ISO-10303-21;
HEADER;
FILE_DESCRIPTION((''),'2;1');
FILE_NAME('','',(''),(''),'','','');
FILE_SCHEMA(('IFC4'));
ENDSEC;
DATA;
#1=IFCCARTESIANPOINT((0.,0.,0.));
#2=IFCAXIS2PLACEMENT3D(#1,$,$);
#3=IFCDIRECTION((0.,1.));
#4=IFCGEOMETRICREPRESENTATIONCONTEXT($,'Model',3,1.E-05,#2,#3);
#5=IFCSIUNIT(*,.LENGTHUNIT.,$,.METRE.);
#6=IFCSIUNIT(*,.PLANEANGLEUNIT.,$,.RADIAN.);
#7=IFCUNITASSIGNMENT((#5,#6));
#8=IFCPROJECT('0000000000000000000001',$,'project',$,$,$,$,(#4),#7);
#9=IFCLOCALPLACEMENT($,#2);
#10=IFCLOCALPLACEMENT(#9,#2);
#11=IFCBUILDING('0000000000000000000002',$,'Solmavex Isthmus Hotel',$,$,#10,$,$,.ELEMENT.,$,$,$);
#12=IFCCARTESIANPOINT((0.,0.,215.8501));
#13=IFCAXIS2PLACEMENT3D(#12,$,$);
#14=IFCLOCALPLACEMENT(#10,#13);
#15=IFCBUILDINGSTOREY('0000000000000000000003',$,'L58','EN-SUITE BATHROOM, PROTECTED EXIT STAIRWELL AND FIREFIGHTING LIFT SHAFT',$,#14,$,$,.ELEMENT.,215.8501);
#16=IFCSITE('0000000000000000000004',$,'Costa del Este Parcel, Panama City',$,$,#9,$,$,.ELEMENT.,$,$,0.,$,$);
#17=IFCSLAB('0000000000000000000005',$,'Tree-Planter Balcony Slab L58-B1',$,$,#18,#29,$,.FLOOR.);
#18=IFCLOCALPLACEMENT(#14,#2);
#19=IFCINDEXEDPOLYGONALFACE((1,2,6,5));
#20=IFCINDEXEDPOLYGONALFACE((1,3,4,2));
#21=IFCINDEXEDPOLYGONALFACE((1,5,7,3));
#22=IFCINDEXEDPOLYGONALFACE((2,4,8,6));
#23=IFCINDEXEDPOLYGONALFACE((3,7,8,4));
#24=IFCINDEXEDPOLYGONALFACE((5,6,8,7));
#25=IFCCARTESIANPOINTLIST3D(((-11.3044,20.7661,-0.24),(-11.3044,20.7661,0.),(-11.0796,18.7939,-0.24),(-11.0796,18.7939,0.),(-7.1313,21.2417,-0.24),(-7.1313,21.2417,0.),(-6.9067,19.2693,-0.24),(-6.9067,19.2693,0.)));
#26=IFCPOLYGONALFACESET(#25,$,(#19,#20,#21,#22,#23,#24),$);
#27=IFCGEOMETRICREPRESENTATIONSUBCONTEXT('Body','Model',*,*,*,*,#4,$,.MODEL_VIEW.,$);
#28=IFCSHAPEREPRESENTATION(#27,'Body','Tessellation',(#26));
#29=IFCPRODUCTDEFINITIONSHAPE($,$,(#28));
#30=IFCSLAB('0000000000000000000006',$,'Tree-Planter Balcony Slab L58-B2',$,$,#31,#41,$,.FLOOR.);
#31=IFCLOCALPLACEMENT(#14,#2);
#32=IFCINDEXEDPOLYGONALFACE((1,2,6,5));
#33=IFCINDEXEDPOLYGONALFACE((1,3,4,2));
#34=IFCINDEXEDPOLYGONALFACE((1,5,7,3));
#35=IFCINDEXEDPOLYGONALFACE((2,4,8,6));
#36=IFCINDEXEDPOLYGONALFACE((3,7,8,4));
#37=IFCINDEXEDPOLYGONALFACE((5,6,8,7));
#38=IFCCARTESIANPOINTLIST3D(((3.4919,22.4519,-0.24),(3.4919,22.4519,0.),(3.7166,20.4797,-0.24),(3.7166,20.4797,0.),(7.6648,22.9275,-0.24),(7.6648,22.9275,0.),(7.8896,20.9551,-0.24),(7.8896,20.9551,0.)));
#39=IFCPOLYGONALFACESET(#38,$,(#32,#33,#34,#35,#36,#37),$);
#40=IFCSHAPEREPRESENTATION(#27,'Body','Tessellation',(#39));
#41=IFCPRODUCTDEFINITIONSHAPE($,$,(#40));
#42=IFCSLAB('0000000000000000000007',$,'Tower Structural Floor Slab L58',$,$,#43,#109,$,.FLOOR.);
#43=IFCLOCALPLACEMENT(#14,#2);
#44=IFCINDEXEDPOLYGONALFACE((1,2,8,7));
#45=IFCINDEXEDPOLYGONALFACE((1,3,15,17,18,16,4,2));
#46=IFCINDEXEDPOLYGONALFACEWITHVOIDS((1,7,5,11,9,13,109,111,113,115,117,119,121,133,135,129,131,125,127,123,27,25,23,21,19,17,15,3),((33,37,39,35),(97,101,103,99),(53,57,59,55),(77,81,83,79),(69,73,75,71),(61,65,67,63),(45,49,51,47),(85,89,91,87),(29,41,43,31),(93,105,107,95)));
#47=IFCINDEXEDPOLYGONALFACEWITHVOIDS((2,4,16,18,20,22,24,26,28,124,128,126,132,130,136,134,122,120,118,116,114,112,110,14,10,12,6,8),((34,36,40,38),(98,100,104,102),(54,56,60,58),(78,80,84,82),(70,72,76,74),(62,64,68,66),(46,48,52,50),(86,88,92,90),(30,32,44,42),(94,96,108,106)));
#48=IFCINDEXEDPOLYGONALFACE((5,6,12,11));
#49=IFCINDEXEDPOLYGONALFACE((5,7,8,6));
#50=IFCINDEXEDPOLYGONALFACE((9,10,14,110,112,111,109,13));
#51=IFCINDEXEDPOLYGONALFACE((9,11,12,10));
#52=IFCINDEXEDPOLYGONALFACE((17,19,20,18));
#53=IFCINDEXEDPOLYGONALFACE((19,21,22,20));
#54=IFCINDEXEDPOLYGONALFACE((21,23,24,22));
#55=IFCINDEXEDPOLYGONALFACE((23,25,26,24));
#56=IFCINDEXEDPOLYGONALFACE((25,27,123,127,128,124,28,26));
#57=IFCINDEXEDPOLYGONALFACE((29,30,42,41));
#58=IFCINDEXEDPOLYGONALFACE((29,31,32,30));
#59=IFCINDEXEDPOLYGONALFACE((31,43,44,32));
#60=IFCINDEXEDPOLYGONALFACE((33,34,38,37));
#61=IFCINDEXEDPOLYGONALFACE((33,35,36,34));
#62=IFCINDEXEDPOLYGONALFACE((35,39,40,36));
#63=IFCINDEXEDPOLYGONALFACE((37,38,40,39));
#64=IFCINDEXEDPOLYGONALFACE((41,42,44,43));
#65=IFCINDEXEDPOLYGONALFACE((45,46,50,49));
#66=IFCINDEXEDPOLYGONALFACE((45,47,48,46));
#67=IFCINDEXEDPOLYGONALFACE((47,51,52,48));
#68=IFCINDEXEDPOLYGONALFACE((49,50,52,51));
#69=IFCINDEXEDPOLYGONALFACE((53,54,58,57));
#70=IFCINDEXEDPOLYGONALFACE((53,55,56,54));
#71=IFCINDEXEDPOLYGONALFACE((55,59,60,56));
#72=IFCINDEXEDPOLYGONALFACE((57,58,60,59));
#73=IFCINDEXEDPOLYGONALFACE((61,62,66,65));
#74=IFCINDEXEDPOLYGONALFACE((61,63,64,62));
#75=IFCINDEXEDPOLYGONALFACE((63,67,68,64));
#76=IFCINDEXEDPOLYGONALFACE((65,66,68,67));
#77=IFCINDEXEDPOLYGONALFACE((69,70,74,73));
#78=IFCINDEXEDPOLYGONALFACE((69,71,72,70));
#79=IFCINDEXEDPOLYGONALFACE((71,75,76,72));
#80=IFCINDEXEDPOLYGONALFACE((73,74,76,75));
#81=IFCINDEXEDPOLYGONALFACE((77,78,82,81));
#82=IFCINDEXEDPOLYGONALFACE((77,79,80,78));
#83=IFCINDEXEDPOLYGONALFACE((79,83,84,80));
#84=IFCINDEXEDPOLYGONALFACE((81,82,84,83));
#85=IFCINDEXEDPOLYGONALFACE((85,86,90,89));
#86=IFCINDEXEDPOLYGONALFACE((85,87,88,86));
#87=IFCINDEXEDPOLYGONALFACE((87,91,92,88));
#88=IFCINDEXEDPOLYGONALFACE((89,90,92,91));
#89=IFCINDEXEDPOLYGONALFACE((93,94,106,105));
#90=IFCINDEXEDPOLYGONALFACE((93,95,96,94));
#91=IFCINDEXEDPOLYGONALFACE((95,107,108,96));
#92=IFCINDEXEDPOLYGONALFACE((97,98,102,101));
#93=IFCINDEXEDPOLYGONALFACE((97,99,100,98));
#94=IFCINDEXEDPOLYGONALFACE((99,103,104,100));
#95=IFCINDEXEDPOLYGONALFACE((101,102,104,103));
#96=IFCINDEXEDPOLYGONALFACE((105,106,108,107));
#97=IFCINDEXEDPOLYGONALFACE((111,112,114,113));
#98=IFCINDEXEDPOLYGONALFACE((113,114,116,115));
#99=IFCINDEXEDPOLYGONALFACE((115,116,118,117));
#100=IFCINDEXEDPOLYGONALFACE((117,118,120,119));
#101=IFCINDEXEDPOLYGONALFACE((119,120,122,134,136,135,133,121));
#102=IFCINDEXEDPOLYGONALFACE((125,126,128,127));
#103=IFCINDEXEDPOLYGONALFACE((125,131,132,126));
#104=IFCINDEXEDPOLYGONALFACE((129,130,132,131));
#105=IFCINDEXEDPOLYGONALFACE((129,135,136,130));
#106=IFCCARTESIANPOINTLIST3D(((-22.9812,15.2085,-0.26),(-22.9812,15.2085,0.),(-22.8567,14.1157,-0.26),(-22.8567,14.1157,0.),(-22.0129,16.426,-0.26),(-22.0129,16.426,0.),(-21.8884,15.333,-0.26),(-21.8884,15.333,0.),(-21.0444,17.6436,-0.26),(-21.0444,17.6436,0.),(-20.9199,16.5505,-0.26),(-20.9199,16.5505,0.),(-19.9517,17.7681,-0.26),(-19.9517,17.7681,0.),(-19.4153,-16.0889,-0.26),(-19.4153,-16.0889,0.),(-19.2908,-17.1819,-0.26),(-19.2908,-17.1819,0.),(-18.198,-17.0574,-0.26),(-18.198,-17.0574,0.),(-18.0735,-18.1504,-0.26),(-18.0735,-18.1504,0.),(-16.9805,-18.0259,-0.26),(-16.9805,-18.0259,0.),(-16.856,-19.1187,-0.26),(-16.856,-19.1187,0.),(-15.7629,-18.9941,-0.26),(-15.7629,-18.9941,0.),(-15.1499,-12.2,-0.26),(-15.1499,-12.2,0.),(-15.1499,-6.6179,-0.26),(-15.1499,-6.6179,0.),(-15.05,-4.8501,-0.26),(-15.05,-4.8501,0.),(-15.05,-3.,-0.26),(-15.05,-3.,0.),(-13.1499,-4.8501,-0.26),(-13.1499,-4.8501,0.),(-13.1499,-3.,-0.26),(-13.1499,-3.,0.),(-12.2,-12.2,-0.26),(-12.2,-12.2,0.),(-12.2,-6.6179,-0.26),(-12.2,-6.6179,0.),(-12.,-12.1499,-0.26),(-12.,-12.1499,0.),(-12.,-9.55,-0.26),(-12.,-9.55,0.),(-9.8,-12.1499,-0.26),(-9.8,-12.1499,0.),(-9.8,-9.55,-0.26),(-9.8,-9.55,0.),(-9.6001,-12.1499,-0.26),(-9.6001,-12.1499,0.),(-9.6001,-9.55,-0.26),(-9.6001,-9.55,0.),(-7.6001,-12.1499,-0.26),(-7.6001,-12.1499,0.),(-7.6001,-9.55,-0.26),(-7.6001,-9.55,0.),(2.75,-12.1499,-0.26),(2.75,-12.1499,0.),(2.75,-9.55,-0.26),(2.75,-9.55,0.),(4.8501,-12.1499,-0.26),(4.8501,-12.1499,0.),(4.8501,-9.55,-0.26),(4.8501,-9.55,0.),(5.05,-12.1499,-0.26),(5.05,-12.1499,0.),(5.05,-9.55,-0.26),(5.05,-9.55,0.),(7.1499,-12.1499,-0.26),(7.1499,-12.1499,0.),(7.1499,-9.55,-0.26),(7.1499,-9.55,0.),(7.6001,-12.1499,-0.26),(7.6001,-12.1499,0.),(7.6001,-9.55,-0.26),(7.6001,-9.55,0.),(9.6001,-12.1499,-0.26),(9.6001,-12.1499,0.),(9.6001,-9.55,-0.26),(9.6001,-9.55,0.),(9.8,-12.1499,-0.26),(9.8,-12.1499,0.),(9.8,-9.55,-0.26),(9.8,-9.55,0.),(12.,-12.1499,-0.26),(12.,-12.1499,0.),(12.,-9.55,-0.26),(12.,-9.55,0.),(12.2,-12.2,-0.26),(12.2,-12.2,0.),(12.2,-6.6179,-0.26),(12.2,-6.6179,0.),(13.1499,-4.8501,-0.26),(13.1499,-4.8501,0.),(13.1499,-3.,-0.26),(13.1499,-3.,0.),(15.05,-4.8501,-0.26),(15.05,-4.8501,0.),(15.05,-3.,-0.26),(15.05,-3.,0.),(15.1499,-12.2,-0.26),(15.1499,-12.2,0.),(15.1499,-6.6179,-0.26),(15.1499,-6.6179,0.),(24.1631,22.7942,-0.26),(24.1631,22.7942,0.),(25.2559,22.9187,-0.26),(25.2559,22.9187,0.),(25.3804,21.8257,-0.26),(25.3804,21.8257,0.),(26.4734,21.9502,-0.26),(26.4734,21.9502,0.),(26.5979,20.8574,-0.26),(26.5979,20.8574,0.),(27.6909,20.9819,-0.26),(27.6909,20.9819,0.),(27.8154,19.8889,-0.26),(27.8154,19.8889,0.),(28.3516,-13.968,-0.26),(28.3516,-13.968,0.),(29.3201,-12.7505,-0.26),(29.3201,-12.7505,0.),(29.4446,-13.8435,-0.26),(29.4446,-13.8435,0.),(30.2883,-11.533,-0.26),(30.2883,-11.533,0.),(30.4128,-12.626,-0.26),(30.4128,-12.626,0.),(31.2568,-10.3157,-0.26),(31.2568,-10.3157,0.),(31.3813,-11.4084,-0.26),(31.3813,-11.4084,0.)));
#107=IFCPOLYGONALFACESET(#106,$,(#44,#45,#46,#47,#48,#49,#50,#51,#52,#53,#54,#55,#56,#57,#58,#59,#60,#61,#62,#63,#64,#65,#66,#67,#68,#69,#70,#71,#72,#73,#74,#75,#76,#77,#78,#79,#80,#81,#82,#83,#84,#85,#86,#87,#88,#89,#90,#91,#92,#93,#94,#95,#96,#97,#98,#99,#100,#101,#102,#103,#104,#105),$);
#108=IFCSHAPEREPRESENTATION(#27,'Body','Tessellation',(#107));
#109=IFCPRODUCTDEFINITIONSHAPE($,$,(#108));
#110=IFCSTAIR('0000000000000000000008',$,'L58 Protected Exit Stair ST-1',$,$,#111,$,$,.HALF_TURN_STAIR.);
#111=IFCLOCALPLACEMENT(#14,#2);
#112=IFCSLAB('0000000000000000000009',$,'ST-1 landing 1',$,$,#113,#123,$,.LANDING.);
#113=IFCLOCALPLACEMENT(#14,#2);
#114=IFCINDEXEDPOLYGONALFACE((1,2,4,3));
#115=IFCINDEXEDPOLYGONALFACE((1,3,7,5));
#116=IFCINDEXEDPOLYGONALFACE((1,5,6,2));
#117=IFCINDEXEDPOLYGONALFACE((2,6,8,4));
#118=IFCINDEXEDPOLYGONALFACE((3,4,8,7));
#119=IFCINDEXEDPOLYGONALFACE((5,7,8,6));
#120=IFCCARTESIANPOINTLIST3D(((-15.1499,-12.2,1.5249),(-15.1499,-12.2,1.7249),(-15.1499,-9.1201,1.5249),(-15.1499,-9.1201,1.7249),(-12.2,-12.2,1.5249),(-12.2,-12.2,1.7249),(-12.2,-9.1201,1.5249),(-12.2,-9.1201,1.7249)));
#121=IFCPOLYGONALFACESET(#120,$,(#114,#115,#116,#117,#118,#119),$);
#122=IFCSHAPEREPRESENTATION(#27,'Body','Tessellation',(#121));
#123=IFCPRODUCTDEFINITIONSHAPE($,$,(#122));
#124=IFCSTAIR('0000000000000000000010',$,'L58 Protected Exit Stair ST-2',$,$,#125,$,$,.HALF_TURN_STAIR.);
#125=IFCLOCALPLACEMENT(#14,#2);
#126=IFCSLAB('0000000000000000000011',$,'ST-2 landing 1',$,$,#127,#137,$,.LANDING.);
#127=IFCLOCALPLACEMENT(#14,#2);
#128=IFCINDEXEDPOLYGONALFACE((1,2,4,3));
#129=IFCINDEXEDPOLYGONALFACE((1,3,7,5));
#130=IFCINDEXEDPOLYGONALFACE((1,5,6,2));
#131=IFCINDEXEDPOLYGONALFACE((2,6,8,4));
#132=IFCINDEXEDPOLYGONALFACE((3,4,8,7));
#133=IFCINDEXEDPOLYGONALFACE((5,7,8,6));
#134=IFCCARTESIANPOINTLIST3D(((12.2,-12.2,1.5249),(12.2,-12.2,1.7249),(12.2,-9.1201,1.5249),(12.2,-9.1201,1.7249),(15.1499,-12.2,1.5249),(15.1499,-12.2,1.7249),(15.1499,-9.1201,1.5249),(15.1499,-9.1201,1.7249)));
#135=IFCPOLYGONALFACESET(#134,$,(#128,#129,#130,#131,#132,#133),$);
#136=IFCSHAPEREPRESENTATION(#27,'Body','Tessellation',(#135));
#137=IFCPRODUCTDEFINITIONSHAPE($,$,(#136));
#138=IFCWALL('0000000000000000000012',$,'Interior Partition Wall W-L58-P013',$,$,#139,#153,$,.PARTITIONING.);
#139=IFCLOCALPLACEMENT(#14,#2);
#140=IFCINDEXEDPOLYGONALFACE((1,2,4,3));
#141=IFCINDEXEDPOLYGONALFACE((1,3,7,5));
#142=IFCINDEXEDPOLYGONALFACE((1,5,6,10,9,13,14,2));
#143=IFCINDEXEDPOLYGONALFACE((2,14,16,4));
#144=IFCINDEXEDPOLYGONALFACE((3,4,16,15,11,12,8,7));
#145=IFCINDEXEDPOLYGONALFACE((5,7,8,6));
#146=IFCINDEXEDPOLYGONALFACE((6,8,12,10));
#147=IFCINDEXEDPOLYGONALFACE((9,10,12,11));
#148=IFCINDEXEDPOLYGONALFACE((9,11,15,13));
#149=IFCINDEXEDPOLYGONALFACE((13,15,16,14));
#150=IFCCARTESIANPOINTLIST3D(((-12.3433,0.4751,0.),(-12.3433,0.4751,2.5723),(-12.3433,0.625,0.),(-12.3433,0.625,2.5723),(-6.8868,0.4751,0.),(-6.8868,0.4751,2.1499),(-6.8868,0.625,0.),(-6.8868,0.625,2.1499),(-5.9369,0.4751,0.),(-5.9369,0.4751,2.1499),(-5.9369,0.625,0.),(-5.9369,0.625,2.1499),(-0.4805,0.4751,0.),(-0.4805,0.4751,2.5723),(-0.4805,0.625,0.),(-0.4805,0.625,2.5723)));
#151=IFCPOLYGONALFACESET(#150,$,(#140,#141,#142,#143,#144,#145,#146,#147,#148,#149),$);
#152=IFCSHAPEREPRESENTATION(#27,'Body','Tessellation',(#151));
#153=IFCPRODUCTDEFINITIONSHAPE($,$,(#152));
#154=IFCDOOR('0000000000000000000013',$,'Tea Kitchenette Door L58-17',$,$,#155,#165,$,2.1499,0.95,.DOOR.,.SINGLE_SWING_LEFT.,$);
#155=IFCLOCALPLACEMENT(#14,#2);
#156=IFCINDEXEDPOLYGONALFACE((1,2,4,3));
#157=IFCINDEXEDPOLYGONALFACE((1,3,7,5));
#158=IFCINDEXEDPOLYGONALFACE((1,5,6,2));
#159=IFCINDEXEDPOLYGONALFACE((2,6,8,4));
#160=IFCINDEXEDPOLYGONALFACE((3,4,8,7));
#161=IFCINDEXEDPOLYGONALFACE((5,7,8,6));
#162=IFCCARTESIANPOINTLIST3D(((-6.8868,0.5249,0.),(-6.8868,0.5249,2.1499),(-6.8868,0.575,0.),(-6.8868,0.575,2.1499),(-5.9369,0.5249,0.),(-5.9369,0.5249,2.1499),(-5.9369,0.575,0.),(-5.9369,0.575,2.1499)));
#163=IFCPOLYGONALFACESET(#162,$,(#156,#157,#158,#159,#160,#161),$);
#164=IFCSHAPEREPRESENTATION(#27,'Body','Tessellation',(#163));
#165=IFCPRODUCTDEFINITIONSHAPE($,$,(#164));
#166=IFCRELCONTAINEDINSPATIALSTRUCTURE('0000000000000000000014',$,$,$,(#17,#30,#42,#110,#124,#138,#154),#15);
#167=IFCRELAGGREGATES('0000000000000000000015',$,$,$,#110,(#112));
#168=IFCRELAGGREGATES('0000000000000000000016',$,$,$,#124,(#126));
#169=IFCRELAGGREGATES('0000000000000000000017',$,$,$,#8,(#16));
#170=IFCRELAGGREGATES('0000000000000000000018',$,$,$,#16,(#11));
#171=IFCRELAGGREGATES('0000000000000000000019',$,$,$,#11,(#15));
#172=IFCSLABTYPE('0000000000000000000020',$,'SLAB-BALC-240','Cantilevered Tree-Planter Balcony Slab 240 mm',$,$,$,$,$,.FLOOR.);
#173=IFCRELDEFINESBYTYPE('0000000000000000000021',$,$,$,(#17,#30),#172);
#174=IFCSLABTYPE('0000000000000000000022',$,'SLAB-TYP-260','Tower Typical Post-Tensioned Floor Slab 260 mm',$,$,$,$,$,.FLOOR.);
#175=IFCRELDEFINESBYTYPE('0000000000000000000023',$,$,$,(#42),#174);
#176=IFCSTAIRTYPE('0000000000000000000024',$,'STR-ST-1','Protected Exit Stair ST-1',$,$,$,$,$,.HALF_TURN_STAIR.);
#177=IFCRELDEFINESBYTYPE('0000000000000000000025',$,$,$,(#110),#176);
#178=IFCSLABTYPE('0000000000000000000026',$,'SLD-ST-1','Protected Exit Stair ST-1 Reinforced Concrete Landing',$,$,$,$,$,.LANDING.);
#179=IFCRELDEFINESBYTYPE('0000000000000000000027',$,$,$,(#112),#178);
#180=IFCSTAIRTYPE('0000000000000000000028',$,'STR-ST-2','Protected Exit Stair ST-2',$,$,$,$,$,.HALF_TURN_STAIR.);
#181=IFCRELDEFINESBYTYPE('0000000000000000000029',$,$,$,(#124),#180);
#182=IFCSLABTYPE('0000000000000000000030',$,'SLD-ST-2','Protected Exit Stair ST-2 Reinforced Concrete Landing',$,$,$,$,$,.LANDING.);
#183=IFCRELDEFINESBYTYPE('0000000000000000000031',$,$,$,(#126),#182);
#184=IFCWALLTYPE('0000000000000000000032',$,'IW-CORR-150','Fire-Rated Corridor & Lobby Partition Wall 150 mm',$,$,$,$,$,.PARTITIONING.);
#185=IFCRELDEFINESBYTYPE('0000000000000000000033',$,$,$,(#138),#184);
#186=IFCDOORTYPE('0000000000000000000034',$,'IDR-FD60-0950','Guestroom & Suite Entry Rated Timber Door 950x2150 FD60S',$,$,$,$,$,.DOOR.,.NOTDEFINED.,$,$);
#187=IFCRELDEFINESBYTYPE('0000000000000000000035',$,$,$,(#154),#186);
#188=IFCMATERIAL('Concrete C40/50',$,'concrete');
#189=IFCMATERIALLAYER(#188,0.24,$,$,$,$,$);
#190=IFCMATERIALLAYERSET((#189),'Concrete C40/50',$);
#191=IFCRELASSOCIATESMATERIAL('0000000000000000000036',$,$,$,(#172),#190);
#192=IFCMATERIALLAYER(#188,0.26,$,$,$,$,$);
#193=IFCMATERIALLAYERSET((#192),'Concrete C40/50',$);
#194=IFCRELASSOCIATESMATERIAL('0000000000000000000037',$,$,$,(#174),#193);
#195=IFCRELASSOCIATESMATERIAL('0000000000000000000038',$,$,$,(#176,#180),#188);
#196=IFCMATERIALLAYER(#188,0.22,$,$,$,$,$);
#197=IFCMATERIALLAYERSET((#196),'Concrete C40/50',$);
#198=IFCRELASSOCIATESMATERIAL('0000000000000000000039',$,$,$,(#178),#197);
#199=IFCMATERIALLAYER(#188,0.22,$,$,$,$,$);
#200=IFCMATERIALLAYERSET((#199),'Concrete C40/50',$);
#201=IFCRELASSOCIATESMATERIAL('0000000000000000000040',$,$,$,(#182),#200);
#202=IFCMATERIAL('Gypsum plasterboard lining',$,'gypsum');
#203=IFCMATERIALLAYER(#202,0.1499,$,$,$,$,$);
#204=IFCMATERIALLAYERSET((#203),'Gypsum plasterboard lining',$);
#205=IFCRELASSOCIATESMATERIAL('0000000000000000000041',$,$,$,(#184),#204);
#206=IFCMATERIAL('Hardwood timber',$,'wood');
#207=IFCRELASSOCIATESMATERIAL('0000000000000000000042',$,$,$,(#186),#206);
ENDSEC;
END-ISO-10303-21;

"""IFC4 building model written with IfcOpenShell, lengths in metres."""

from ifc_helpers import new_model, si_unit, direction, frame, frame_2d, origin, place, context, subcontext, project, spatial, polyline, rectangle, outline, extrude, material, layer, layer_set, type_object, element, fill, aggregate, save


model = new_model("IFC4")

# Units and contexts
model_context = context("Model", 3, precision=1e-05, world=origin(), true_north=direction((0.0, 1.0)))
body_context = subcontext(model_context, "Body", "Model", "MODEL_VIEW")
ifc_project = project(units=[si_unit("LENGTHUNIT", "METRE"), si_unit("PLANEANGLEUNIT", "RADIAN")], contexts=[model_context])

# Site, building, storey
site_placement = place(None, origin())
site = spatial("IfcSite", under=ifc_project, at=site_placement, Name="Costa del Este Parcel, Panama City", CompositionType="ELEMENT", RefElevation=0.0)
building_placement = place(site_placement, origin())
building = spatial("IfcBuilding", under=site, at=building_placement, Name="Solmavex Isthmus Hotel", CompositionType="ELEMENT")
storey_placement = place(building_placement, frame((0.0, 0.0, 215.8501)))
storey = spatial("IfcBuildingStorey", under=building, at=storey_placement, Name="L58", Description="EN-SUITE BATHROOM, PROTECTED EXIT STAIRWELL AND FIREFIGHTING LIFT SHAFT", CompositionType="ELEMENT", Elevation=215.8501)

# Slabs
ifc_material_1 = material(Name="Concrete C40/50", Category="concrete")
ifc_layer_1 = layer(ifc_material_1, 0.24)
ifc_layer_set_1 = layer_set([ifc_layer_1], Name="Concrete C40/50")
slab_type_1 = type_object("IfcSlabType", Name="SLAB-BALC-240", Description="Cantilevered Tree-Planter Balcony Slab 240 mm", PredefinedType="FLOOR", material=ifc_layer_set_1)
slab_1_placement = place(storey_placement, frame((0.0, 0.0, -0.24)))
element("IfcSlab", 1, at=slab_1_placement, inside=storey, type_object=slab_type_1, Name="Tree-Planter Balcony Slab L58-B1", PredefinedType="FLOOR", context=body_context, shape_type="SweptSolid", body=[
    extrude(outline(polyline([(-11.0796, 18.7939), (-6.9067, 19.2693), (-7.1313, 21.2417), (-11.3044, 20.7661), (-11.0796, 18.7939)])), origin(), (0.0, 0.0, 1.0), 0.24),
])
slab_2_placement = place(storey_placement, frame((0.0, 0.0, -0.24)))
element("IfcSlab", 2, at=slab_2_placement, inside=storey, type_object=slab_type_1, Name="Tree-Planter Balcony Slab L58-B2", PredefinedType="FLOOR", context=body_context, shape_type="SweptSolid", body=[
    extrude(outline(polyline([(3.7166, 20.4797), (7.8896, 20.9551), (7.6648, 22.9275), (3.4919, 22.4519), (3.7166, 20.4797)])), origin(), (0.0, 0.0, 1.0), 0.24),
])
ifc_layer_2 = layer(ifc_material_1, 0.26)
ifc_layer_set_2 = layer_set([ifc_layer_2], Name="Concrete C40/50")
slab_type_2 = type_object("IfcSlabType", Name="SLAB-TYP-260", Description="Tower Typical Post-Tensioned Floor Slab 260 mm", PredefinedType="FLOOR", material=ifc_layer_set_2)
slab_3_placement = place(storey_placement, frame((0.0, 0.0, -0.26)))
element("IfcSlab", 3, at=slab_3_placement, inside=storey, type_object=slab_type_2, Name="Tower Structural Floor Slab L58", PredefinedType="FLOOR", context=body_context, shape_type="SweptSolid", body=[
    extrude(outline(polyline([(-15.7629, -18.9941), (28.3516, -13.968), (29.4446, -13.8435), (29.3201, -12.7505), (30.4128, -12.626), (30.2883, -11.533), (31.3813, -11.4084), (31.2568, -10.3157), (27.8154, 19.8889), (27.6909, 20.9819), (26.5979, 20.8574), (26.4734, 21.9502), (25.3804, 21.8257), (25.2559, 22.9187), (24.1631, 22.7942), (-19.9517, 17.7681), (-21.0444, 17.6436), (-20.9199, 16.5505), (-22.0129, 16.426), (-21.8884, 15.333), (-22.9812, 15.2085), (-22.8567, 14.1157), (-19.4153, -16.0889), (-19.2908, -17.1819), (-18.198, -17.0574), (-18.0735, -18.1504), (-16.9805, -18.0259), (-16.856, -19.1187), (-15.7629, -18.9941)]), holes=[polyline([(-15.1499, -6.6179), (-15.1499, -12.2), (-12.2, -12.2), (-12.2, -6.6179), (-15.1499, -6.6179)]), polyline([(12.2, -6.6179), (12.2, -12.2), (15.1499, -12.2), (15.1499, -6.6179), (12.2, -6.6179)]), polyline([(-12.0, -12.1499), (-9.8, -12.1499), (-9.8, -9.55), (-12.0, -9.55), (-12.0, -12.1499)]), polyline([(9.8, -12.1499), (12.0, -12.1499), (12.0, -9.55), (9.8, -9.55), (9.8, -12.1499)]), polyline([(-9.6001, -12.1499), (-7.6001, -12.1499), (-7.6001, -9.55), (-9.6001, -9.55), (-9.6001, -12.1499)]), polyline([(7.6001, -12.1499), (9.6001, -12.1499), (9.6001, -9.55), (7.6001, -9.55), (7.6001, -12.1499)]), polyline([(2.75, -12.1499), (4.8501, -12.1499), (4.8501, -9.55), (2.75, -9.55), (2.75, -12.1499)]), polyline([(5.05, -12.1499), (7.1499, -12.1499), (7.1499, -9.55), (5.05, -9.55), (5.05, -12.1499)]), polyline([(-15.05, -4.8501), (-13.1499, -4.8501), (-13.1499, -3.0), (-15.05, -3.0), (-15.05, -4.8501)]), polyline([(13.1499, -4.8501), (15.05, -4.8501), (15.05, -3.0), (13.1499, -3.0), (13.1499, -4.8501)])]), origin(), (0.0, 0.0, 1.0), 0.26),
])

# Stairs, slabs
stair_type_1 = type_object("IfcStairType", Name="STR-ST-1", Description="Protected Exit Stair ST-1", PredefinedType="HALF_TURN_STAIR", material=ifc_material_1)
stair_1_placement = place(storey_placement, origin())
stair_1 = element("IfcStair", 4, at=stair_1_placement, inside=storey, type_object=stair_type_1, Name="L58 Protected Exit Stair ST-1", PredefinedType="HALF_TURN_STAIR")
ifc_layer_3 = layer(ifc_material_1, 0.22)
ifc_layer_set_3 = layer_set([ifc_layer_3], Name="Concrete C40/50")
slab_type_3 = type_object("IfcSlabType", Name="SLD-ST-1", Description="Protected Exit Stair ST-1 Reinforced Concrete Landing", PredefinedType="LANDING", material=ifc_layer_set_3)
slab_4_placement = place(storey_placement, frame((0.0, 0.0, 1.5249)))
slab_4 = element("IfcSlab", 5, at=slab_4_placement, type_object=slab_type_3, Name="ST-1 landing 1", PredefinedType="LANDING", context=body_context, shape_type="SweptSolid", body=[
    extrude(outline(polyline([(-15.1499, -9.1201), (-15.1499, -12.2), (-12.2, -12.2), (-12.2, -9.1201), (-15.1499, -9.1201)])), origin(), (0.0, 0.0, 1.0), 0.2),
])
aggregate(stair_1, [slab_4])
stair_type_2 = type_object("IfcStairType", Name="STR-ST-2", Description="Protected Exit Stair ST-2", PredefinedType="HALF_TURN_STAIR", material=ifc_material_1)
stair_2_placement = place(storey_placement, origin())
stair_2 = element("IfcStair", 6, at=stair_2_placement, inside=storey, type_object=stair_type_2, Name="L58 Protected Exit Stair ST-2", PredefinedType="HALF_TURN_STAIR")
ifc_layer_4 = layer(ifc_material_1, 0.22)
ifc_layer_set_4 = layer_set([ifc_layer_4], Name="Concrete C40/50")
slab_type_4 = type_object("IfcSlabType", Name="SLD-ST-2", Description="Protected Exit Stair ST-2 Reinforced Concrete Landing", PredefinedType="LANDING", material=ifc_layer_set_4)
slab_5_placement = place(storey_placement, frame((0.0, 0.0, 1.5249)))
slab_5 = element("IfcSlab", 7, at=slab_5_placement, type_object=slab_type_4, Name="ST-2 landing 1", PredefinedType="LANDING", context=body_context, shape_type="SweptSolid", body=[
    extrude(outline(polyline([(12.2, -9.1201), (12.2, -12.2), (15.1499, -12.2), (15.1499, -9.1201), (12.2, -9.1201)])), origin(), (0.0, 0.0, 1.0), 0.2),
])
aggregate(stair_2, [slab_5])

# Wall, opening, door
ifc_material_2 = material(Name="Gypsum plasterboard lining", Category="gypsum")
ifc_layer_5 = layer(ifc_material_2, 0.1499)
ifc_layer_set_5 = layer_set([ifc_layer_5], Name="Gypsum plasterboard lining")
wall_type = type_object("IfcWallType", Name="IW-CORR-150", Description="Fire-Rated Corridor & Lobby Partition Wall 150 mm", PredefinedType="PARTITIONING", material=ifc_layer_set_5)
wall_1_placement = place(storey_placement, frame((-12.3433, 0.55, 0.0), z_axis=(0.0, 0.0, 1.0), x_axis=(1.0, 0.0, 0.0)))
wall_1 = element("IfcWall", 8, at=wall_1_placement, inside=storey, type_object=wall_type, Name="Interior Partition Wall W-L58-P013", PredefinedType="PARTITIONING", context=body_context, shape_type="SweptSolid", body=[
    extrude(rectangle(XDim=11.8628, YDim=0.1499, at=frame_2d((5.9314, 0.0))), origin(), (0.0, 0.0, 1.0), 2.5723),
])
opening_placement = place(wall_1_placement, frame((5.4563, 0.0, 0.0)))
opening = element("IfcOpeningElement", 9, at=opening_placement, cuts=wall_1, PredefinedType="OPENING", context=body_context, shape_type="SweptSolid", body=[
    extrude(rectangle(XDim=0.95, YDim=2.1499, at=frame_2d((0.4751, 1.075))), frame((0.0, 0.085, 0.0), z_axis=(0.0, -1.0, 0.0), x_axis=(1.0, 0.0, 0.0)), (0.0, 0.0, 1.0), 0.1699),
])
ifc_material_3 = material(Name="Hardwood timber", Category="wood")
door_type = type_object("IfcDoorType", Name="IDR-FD60-0950", Description="Guestroom & Suite Entry Rated Timber Door 950x2150 FD60S", OperationType="NOTDEFINED", PredefinedType="DOOR", material=ifc_material_3)
door_placement = place(opening_placement, origin())
door = element("IfcDoor", 10, at=door_placement, inside=storey, type_object=door_type, Name="Tea Kitchenette Door L58-17", OperationType="SINGLE_SWING_LEFT", OverallHeight=2.1499, OverallWidth=0.95, PredefinedType="DOOR", context=body_context, shape_type="SweptSolid", body=[
    extrude(rectangle(XDim=0.95, YDim=2.1499, at=frame_2d((0.4751, 1.075))), frame((0.0, 0.0249, 0.0), z_axis=(0.0, -1.0, 0.0), x_axis=(1.0, 0.0, 0.0)), (0.0, 0.0, 1.0), 0.05),
])
fill(opening, door)

save(model, "model.ifc")
